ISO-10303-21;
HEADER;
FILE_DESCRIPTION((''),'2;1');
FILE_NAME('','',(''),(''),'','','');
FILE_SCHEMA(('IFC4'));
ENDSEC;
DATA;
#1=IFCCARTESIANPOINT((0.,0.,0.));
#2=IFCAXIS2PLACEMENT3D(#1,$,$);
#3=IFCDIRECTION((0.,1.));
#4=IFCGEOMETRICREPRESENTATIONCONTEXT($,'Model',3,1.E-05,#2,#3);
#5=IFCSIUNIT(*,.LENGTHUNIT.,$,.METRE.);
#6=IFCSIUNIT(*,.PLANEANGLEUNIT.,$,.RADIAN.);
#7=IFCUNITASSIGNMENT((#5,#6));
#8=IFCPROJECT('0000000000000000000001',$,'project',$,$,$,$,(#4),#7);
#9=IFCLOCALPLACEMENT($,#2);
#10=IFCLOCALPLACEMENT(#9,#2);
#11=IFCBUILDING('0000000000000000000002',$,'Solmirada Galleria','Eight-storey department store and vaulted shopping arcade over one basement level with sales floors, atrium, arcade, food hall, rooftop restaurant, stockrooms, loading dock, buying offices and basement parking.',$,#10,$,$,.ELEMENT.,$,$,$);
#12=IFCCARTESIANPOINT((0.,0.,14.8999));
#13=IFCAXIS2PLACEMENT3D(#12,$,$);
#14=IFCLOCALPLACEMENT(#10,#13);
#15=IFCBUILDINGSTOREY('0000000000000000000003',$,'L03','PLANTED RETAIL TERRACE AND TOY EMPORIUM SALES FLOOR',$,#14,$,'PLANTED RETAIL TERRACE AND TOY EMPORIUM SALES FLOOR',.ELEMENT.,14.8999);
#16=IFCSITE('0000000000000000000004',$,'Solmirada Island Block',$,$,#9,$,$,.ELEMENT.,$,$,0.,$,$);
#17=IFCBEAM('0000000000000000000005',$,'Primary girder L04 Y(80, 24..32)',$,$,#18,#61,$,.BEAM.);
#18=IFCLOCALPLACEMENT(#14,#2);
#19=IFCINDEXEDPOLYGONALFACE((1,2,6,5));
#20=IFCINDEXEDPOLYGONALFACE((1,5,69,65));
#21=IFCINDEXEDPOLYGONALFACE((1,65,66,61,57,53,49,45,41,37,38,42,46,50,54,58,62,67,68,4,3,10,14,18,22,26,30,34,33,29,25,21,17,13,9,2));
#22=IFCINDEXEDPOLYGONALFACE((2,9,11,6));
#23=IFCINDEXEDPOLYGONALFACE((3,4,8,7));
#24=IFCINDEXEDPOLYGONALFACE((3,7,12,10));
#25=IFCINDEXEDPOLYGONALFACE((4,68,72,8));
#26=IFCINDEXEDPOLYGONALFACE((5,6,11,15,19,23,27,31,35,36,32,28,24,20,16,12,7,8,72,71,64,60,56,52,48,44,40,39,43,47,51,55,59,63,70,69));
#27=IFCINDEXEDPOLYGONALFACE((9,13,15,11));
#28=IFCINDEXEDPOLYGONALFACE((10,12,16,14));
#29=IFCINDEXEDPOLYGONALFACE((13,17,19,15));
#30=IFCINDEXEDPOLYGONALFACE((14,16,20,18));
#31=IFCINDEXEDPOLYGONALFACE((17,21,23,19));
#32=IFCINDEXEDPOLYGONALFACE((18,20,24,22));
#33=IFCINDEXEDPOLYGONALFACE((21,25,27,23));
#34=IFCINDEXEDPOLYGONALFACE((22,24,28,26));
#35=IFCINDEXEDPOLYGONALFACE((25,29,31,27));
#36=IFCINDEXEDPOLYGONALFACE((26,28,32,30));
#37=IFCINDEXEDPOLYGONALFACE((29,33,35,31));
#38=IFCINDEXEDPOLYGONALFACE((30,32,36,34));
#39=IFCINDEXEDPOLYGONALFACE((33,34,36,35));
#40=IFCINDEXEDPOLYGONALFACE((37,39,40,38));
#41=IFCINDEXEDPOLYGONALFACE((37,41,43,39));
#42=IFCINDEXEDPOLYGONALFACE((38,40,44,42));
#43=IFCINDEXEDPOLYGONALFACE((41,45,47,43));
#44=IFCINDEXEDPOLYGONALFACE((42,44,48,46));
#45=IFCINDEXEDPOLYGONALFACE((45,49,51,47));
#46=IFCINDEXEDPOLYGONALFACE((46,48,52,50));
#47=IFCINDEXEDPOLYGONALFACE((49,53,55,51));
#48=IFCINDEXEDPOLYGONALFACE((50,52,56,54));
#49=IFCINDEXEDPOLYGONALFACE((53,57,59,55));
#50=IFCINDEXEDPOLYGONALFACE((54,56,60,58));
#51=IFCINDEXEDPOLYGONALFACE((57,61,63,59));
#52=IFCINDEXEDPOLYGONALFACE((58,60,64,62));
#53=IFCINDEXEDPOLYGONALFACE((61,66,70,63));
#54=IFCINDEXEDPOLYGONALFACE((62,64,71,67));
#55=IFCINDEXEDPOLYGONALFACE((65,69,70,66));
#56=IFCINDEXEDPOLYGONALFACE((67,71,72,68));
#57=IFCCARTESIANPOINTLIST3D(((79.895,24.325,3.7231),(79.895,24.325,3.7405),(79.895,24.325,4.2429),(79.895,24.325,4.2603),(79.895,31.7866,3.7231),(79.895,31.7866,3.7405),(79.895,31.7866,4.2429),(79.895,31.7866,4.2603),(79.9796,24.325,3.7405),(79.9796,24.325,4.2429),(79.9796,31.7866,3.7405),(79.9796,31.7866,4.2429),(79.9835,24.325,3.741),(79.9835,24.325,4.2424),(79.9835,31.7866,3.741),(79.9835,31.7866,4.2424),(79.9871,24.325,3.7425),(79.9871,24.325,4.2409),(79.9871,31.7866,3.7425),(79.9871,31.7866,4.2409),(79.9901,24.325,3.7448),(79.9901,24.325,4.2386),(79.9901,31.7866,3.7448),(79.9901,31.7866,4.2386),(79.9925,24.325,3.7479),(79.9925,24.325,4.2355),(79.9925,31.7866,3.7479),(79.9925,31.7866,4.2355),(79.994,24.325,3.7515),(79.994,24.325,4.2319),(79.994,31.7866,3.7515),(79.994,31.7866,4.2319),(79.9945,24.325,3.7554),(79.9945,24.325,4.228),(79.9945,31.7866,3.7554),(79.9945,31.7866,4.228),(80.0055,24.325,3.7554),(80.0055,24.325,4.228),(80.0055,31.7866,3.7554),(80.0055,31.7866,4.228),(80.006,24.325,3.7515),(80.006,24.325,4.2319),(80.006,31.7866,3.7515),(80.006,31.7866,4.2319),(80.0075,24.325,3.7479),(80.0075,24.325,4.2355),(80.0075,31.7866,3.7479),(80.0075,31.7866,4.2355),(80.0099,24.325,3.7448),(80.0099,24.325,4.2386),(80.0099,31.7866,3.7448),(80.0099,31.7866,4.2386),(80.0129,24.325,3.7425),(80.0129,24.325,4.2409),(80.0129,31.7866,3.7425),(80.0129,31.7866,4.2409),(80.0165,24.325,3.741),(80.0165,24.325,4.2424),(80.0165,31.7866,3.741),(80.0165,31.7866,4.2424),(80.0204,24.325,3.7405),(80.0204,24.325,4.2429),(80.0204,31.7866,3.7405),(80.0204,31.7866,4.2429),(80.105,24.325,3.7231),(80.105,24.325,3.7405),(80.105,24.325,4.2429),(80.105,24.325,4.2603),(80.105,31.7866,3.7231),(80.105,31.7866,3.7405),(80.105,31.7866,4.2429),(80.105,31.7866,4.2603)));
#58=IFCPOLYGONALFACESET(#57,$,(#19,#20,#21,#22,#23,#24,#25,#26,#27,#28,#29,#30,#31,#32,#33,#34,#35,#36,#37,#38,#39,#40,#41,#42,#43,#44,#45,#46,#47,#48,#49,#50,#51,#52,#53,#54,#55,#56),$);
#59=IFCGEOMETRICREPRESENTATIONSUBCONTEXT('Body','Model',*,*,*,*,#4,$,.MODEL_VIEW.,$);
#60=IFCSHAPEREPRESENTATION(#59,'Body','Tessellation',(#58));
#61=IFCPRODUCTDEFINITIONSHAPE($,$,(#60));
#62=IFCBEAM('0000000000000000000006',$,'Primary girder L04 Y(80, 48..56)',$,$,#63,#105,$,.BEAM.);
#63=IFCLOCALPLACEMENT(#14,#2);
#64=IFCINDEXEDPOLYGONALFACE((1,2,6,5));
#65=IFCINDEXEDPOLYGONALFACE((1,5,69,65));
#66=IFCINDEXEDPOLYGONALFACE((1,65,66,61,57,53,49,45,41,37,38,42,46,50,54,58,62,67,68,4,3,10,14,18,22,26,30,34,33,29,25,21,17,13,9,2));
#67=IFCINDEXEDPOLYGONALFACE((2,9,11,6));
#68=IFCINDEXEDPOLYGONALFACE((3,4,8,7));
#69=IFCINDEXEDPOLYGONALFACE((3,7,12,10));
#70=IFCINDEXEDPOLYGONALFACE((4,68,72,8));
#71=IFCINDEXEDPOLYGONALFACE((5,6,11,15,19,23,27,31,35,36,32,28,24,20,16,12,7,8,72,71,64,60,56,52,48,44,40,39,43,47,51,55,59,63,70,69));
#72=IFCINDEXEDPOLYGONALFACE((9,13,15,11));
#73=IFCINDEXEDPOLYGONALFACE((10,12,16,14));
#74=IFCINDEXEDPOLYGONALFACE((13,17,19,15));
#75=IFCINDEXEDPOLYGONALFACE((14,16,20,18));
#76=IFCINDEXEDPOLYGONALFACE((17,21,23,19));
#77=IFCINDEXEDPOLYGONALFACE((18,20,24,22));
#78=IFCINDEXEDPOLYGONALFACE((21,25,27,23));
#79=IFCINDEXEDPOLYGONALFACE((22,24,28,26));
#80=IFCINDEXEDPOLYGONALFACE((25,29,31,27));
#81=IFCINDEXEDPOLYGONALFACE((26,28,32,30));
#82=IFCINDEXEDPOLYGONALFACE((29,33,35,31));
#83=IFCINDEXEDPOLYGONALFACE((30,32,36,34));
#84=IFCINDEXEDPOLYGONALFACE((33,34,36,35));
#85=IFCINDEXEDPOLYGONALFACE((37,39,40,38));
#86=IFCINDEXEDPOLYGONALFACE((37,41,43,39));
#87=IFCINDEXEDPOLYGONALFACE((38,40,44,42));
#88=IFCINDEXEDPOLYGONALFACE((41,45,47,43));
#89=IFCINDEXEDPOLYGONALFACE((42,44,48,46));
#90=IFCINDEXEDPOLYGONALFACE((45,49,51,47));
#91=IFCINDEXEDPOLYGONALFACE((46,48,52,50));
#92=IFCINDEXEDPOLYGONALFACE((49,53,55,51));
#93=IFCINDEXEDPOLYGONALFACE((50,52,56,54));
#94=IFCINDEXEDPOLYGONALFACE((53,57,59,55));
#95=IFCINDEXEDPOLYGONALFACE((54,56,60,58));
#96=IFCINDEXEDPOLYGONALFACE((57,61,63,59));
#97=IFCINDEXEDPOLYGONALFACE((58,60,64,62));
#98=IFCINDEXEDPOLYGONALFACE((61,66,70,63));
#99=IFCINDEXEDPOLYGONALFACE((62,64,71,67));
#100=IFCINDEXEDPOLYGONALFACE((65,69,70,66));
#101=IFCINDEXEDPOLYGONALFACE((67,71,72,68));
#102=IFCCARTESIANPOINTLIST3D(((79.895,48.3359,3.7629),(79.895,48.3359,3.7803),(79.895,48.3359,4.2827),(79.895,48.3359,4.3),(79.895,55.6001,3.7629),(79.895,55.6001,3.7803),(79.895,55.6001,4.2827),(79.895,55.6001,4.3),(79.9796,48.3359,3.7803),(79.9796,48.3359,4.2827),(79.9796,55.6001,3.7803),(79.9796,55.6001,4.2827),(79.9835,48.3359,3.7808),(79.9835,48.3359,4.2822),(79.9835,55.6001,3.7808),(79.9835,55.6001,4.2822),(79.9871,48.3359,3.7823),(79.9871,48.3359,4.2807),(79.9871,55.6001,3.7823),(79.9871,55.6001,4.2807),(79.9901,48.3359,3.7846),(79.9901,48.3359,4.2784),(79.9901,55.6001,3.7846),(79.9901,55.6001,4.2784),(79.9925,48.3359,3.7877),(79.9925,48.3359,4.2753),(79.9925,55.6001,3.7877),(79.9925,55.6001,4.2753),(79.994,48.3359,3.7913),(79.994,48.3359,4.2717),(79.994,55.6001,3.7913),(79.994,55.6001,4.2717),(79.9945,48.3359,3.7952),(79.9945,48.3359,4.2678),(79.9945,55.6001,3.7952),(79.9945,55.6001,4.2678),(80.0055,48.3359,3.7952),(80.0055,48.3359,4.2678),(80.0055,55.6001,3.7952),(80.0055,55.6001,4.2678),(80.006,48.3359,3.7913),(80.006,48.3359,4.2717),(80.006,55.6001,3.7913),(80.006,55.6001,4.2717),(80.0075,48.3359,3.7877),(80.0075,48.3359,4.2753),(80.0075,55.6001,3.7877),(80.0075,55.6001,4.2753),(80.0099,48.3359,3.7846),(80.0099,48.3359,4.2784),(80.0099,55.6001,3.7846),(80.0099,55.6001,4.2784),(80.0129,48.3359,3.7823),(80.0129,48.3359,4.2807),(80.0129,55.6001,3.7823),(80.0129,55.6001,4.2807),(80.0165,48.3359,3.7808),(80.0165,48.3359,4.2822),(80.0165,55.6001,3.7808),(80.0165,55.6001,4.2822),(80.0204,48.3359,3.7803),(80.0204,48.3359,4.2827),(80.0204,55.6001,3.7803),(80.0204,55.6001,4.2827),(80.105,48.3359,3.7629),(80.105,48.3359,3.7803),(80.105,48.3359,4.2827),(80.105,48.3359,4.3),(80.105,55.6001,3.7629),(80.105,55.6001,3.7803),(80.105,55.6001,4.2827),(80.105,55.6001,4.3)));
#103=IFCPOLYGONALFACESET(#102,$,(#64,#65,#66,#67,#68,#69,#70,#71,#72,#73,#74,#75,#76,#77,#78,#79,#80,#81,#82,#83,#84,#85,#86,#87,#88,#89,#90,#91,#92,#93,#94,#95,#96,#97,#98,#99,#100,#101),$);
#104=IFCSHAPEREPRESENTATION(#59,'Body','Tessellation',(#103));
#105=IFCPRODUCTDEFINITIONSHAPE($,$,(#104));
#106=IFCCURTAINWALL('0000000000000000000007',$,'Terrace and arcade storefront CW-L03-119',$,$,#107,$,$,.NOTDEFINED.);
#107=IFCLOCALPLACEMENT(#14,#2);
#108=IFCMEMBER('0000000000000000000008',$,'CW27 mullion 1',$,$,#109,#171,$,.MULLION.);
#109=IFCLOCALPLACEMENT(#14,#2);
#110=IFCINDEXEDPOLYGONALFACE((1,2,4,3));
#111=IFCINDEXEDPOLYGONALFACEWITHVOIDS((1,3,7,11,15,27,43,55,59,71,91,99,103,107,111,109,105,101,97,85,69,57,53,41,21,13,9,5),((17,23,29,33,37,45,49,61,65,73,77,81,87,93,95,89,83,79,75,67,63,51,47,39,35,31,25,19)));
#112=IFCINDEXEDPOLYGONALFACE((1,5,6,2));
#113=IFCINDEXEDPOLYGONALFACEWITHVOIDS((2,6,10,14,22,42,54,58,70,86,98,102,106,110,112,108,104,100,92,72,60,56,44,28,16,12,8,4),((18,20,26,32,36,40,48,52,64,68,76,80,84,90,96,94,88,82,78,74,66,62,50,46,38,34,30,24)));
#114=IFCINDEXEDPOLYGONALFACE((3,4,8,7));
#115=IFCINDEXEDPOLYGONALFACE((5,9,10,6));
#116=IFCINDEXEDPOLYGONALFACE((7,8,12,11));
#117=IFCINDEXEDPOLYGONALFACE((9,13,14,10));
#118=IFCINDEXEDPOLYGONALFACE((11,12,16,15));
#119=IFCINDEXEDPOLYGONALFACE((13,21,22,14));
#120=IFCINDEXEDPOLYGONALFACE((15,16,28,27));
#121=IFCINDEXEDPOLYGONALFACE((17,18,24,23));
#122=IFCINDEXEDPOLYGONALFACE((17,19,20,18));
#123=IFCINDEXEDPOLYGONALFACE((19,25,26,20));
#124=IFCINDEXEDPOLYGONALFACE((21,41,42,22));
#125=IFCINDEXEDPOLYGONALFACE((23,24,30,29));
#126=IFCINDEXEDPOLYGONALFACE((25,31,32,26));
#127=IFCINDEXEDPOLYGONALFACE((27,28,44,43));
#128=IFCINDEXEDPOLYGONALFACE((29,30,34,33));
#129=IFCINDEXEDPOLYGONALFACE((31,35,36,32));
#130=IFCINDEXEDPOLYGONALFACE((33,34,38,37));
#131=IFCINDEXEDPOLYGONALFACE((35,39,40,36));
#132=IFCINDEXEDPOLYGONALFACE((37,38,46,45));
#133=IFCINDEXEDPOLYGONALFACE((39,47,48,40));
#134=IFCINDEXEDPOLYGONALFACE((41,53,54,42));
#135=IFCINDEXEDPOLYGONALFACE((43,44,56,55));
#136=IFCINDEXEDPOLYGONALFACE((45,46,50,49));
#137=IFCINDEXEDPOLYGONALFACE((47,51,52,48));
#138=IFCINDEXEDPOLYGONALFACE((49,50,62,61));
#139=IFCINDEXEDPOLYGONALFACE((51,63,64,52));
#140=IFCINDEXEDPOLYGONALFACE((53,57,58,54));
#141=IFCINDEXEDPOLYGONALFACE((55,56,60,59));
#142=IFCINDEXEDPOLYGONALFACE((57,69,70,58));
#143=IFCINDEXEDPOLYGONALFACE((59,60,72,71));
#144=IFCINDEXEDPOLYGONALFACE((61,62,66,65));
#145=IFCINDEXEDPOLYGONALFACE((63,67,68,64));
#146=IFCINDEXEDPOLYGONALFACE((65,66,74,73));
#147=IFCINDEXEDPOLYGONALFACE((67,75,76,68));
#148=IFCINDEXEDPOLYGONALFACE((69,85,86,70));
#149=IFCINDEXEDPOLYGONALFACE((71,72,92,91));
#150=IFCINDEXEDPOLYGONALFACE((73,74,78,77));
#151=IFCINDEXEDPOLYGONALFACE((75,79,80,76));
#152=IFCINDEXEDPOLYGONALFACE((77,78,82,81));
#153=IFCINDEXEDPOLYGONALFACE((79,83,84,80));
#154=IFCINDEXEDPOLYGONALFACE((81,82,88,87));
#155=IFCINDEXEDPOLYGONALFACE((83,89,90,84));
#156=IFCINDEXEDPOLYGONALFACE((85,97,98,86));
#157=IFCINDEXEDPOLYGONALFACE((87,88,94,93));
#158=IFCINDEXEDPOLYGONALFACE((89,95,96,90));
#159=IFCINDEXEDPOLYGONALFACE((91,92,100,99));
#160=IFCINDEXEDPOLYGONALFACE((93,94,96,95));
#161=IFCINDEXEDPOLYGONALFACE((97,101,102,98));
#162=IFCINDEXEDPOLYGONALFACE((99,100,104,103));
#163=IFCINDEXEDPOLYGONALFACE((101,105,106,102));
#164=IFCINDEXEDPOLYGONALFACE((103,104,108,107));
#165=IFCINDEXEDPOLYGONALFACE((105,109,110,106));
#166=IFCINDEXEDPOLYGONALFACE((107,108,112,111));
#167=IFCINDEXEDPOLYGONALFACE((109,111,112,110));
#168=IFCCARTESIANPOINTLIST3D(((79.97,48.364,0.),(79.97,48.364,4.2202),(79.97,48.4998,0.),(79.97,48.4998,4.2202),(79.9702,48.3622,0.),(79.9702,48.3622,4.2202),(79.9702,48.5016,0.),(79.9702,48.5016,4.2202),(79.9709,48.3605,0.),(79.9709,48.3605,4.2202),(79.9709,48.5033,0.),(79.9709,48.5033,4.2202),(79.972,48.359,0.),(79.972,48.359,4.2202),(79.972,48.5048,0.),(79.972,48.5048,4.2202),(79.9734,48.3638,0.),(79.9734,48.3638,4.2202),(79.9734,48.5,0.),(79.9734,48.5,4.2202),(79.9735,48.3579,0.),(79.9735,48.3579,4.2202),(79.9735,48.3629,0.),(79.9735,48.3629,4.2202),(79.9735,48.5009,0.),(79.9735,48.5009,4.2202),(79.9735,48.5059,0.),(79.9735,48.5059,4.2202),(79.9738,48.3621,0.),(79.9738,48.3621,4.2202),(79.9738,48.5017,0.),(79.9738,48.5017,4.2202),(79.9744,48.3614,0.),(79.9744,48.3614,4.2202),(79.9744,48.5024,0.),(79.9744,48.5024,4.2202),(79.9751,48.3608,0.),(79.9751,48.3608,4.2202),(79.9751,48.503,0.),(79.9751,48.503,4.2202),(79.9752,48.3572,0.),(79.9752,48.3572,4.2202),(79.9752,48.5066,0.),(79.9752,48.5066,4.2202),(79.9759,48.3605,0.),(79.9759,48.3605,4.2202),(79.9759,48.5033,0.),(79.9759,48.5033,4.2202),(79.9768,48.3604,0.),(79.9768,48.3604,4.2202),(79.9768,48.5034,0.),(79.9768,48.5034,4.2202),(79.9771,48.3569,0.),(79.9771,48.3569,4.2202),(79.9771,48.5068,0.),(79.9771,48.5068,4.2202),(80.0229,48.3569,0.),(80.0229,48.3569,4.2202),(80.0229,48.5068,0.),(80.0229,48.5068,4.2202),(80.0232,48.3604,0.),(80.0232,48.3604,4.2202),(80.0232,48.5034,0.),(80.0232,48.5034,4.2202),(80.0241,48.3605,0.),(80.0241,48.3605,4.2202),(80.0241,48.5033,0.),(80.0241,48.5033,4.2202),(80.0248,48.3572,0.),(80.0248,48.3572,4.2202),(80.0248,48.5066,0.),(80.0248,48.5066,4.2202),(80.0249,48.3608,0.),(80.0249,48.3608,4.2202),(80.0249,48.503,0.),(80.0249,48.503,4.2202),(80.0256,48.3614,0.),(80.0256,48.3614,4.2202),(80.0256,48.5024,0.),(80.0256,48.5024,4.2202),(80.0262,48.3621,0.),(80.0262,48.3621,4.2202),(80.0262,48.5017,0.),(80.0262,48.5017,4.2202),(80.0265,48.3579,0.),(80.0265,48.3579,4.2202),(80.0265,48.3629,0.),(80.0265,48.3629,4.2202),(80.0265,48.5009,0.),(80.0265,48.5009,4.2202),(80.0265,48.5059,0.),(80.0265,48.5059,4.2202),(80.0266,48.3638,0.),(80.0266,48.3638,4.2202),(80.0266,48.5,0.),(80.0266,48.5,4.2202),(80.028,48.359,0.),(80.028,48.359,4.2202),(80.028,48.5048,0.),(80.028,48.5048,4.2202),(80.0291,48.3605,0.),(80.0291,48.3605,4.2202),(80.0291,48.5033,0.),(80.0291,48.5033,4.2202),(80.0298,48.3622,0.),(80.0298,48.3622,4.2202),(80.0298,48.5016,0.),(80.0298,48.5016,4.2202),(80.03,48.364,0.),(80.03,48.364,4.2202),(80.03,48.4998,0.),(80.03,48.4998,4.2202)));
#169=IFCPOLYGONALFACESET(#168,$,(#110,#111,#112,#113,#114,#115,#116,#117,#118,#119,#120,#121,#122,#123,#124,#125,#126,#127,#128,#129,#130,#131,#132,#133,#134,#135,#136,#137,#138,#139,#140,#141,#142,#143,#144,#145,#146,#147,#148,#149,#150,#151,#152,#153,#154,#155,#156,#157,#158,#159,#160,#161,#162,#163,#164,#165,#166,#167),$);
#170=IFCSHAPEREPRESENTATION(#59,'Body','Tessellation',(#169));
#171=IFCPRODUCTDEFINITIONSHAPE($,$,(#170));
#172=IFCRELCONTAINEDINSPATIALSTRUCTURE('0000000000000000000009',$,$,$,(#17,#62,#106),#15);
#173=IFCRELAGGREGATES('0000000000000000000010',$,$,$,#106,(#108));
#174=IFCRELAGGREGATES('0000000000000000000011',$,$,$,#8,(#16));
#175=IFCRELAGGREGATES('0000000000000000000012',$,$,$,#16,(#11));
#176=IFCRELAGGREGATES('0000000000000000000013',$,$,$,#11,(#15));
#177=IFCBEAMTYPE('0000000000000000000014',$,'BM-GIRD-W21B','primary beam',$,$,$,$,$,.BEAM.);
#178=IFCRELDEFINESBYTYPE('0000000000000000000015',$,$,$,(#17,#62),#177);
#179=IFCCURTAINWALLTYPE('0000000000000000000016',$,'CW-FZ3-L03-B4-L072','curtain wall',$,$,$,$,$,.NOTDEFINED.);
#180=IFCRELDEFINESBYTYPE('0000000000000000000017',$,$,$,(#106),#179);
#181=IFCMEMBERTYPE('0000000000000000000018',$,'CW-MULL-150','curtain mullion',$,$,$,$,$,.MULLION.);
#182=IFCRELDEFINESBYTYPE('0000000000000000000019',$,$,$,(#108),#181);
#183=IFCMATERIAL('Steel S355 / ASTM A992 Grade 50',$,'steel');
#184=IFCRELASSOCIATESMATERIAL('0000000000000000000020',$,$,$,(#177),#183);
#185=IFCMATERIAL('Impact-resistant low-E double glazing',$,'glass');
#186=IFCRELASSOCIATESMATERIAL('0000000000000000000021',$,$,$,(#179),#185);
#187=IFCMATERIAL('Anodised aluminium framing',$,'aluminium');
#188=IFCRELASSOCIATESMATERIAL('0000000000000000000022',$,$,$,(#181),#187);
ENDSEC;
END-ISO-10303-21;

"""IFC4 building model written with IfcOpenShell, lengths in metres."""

from ifc_helpers import new_model, si_unit, direction, frame, origin, origin_2d, place, context, subcontext, project, spatial, hollow_rectangle, i_section, extrude, material, material_profile, profile_set, type_object, element, aggregate, save


model = new_model("IFC4")

# Units and contexts
model_context = context("Model", 3, precision=1e-05, world=origin(), true_north=direction((0.0, 1.0)))
body_context = subcontext(model_context, "Body", "Model", "MODEL_VIEW")
ifc_project = project(units=[si_unit("LENGTHUNIT", "METRE"), si_unit("PLANEANGLEUNIT", "RADIAN")], contexts=[model_context])

# Site, building, storey
site_placement = place(None, origin())
site = spatial("IfcSite", under=ifc_project, at=site_placement, Name="Solmirada Island Block", CompositionType="ELEMENT", RefElevation=0.0)
building_placement = place(site_placement, origin())
building = spatial("IfcBuilding", under=site, at=building_placement, Name="Solmirada Galleria", Description="Eight-storey department store and vaulted shopping arcade over one basement level with sales floors, atrium, arcade, food hall, rooftop restaurant, stockrooms, loading dock, buying offices and basement parking.", CompositionType="ELEMENT")
storey_placement = place(building_placement, frame((0.0, 0.0, 14.8999)))
storey = spatial("IfcBuildingStorey", under=building, at=storey_placement, Name="L03", Description="PLANTED RETAIL TERRACE AND TOY EMPORIUM SALES FLOOR", LongName="PLANTED RETAIL TERRACE AND TOY EMPORIUM SALES FLOOR", CompositionType="ELEMENT", Elevation=14.8999)

# Beams
ifc_material_1 = material(Name="Steel S355 / ASTM A992 Grade 50", Category="steel")
ifc_material_profile_1 = material_profile(ifc_material_1, i_section(OverallWidth=0.21, OverallDepth=0.5371, WebThickness=0.011, FlangeThickness=0.0173, FilletRadius=0.0149, at=origin_2d()), Name="W21X68")
ifc_profile_set_1 = profile_set([ifc_material_profile_1], Name="Steel S355 / ASTM A992 Grade 50")
beam_type = type_object("IfcBeamType", Name="BM-GIRD-W21B", Description="primary beam", PredefinedType="BEAM", material=ifc_profile_set_1)
beam_1_placement = place(storey_placement, frame((80.0, 24.325, 3.9917), z_axis=(0.0, 1.0, 0.0), x_axis=(-1.0, 0.0, 0.0)))
element("IfcBeam", 1, at=beam_1_placement, inside=storey, type_object=beam_type, Name="Primary girder L04 Y(80, 24..32)", PredefinedType="BEAM", context=body_context, shape_type="SweptSolid", body=[
    extrude(i_section(OverallWidth=0.21, OverallDepth=0.5371, WebThickness=0.011, FlangeThickness=0.0173, FilletRadius=0.0149, at=origin_2d()), origin(), (0.0, 0.0, 1.0), 7.4617),
])
beam_2_placement = place(storey_placement, frame((80.0, 48.3359, 4.0315), z_axis=(0.0, 1.0, 0.0), x_axis=(-1.0, 0.0, 0.0)))
element("IfcBeam", 2, at=beam_2_placement, inside=storey, type_object=beam_type, Name="Primary girder L04 Y(80, 48..56)", PredefinedType="BEAM", context=body_context, shape_type="SweptSolid", body=[
    extrude(i_section(OverallWidth=0.21, OverallDepth=0.5371, WebThickness=0.011, FlangeThickness=0.0173, FilletRadius=0.0149, at=origin_2d()), origin(), (0.0, 0.0, 1.0), 7.2642),
])

# Curtain wall, member
ifc_material_2 = material(Name="Impact-resistant low-E double glazing", Category="glass")
curtain_wall_type = type_object("IfcCurtainWallType", Name="CW-FZ3-L03-B4-L072", Description="curtain wall", PredefinedType="NOTDEFINED", material=ifc_material_2)
curtain_wall_placement = place(storey_placement, origin())
curtain_wall = element("IfcCurtainWall", 3, at=curtain_wall_placement, inside=storey, type_object=curtain_wall_type, Name="Terrace and arcade storefront CW-L03-119", PredefinedType="NOTDEFINED")
ifc_material_3 = material(Name="Anodised aluminium framing", Category="aluminium")
ifc_material_profile_2 = material_profile(ifc_material_3, hollow_rectangle(XDim=0.0601, YDim=0.1499, WallThickness=0.0034, InnerFilletRadius=0.0034, OuterFilletRadius=0.0071, at=origin_2d()), Name="ALU-MULL-150X60")
ifc_profile_set_2 = profile_set([ifc_material_profile_2], Name="Anodised aluminium framing")
member_type_1 = type_object("IfcMemberType", Name="CW-MULL-150", Description="curtain mullion", PredefinedType="MULLION", material=ifc_profile_set_2)
member_1_placement = place(storey_placement, frame((80.0, 48.4319, 0.0), z_axis=(0.0, 0.0, 1.0), x_axis=(-1.0, 0.0, 0.0)))
member_1 = element("IfcMember", 4, at=member_1_placement, type_object=member_type_1, Name="CW27 mullion 1", PredefinedType="MULLION", context=body_context, shape_type="SweptSolid", body=[
    extrude(hollow_rectangle(XDim=0.0601, YDim=0.1499, WallThickness=0.0034, InnerFilletRadius=0.0034, OuterFilletRadius=0.0071, at=origin_2d()), origin(), (0.0, 0.0, 1.0), 4.2202),
])
aggregate(curtain_wall, [member_1])

save(model, "model.ifc")
